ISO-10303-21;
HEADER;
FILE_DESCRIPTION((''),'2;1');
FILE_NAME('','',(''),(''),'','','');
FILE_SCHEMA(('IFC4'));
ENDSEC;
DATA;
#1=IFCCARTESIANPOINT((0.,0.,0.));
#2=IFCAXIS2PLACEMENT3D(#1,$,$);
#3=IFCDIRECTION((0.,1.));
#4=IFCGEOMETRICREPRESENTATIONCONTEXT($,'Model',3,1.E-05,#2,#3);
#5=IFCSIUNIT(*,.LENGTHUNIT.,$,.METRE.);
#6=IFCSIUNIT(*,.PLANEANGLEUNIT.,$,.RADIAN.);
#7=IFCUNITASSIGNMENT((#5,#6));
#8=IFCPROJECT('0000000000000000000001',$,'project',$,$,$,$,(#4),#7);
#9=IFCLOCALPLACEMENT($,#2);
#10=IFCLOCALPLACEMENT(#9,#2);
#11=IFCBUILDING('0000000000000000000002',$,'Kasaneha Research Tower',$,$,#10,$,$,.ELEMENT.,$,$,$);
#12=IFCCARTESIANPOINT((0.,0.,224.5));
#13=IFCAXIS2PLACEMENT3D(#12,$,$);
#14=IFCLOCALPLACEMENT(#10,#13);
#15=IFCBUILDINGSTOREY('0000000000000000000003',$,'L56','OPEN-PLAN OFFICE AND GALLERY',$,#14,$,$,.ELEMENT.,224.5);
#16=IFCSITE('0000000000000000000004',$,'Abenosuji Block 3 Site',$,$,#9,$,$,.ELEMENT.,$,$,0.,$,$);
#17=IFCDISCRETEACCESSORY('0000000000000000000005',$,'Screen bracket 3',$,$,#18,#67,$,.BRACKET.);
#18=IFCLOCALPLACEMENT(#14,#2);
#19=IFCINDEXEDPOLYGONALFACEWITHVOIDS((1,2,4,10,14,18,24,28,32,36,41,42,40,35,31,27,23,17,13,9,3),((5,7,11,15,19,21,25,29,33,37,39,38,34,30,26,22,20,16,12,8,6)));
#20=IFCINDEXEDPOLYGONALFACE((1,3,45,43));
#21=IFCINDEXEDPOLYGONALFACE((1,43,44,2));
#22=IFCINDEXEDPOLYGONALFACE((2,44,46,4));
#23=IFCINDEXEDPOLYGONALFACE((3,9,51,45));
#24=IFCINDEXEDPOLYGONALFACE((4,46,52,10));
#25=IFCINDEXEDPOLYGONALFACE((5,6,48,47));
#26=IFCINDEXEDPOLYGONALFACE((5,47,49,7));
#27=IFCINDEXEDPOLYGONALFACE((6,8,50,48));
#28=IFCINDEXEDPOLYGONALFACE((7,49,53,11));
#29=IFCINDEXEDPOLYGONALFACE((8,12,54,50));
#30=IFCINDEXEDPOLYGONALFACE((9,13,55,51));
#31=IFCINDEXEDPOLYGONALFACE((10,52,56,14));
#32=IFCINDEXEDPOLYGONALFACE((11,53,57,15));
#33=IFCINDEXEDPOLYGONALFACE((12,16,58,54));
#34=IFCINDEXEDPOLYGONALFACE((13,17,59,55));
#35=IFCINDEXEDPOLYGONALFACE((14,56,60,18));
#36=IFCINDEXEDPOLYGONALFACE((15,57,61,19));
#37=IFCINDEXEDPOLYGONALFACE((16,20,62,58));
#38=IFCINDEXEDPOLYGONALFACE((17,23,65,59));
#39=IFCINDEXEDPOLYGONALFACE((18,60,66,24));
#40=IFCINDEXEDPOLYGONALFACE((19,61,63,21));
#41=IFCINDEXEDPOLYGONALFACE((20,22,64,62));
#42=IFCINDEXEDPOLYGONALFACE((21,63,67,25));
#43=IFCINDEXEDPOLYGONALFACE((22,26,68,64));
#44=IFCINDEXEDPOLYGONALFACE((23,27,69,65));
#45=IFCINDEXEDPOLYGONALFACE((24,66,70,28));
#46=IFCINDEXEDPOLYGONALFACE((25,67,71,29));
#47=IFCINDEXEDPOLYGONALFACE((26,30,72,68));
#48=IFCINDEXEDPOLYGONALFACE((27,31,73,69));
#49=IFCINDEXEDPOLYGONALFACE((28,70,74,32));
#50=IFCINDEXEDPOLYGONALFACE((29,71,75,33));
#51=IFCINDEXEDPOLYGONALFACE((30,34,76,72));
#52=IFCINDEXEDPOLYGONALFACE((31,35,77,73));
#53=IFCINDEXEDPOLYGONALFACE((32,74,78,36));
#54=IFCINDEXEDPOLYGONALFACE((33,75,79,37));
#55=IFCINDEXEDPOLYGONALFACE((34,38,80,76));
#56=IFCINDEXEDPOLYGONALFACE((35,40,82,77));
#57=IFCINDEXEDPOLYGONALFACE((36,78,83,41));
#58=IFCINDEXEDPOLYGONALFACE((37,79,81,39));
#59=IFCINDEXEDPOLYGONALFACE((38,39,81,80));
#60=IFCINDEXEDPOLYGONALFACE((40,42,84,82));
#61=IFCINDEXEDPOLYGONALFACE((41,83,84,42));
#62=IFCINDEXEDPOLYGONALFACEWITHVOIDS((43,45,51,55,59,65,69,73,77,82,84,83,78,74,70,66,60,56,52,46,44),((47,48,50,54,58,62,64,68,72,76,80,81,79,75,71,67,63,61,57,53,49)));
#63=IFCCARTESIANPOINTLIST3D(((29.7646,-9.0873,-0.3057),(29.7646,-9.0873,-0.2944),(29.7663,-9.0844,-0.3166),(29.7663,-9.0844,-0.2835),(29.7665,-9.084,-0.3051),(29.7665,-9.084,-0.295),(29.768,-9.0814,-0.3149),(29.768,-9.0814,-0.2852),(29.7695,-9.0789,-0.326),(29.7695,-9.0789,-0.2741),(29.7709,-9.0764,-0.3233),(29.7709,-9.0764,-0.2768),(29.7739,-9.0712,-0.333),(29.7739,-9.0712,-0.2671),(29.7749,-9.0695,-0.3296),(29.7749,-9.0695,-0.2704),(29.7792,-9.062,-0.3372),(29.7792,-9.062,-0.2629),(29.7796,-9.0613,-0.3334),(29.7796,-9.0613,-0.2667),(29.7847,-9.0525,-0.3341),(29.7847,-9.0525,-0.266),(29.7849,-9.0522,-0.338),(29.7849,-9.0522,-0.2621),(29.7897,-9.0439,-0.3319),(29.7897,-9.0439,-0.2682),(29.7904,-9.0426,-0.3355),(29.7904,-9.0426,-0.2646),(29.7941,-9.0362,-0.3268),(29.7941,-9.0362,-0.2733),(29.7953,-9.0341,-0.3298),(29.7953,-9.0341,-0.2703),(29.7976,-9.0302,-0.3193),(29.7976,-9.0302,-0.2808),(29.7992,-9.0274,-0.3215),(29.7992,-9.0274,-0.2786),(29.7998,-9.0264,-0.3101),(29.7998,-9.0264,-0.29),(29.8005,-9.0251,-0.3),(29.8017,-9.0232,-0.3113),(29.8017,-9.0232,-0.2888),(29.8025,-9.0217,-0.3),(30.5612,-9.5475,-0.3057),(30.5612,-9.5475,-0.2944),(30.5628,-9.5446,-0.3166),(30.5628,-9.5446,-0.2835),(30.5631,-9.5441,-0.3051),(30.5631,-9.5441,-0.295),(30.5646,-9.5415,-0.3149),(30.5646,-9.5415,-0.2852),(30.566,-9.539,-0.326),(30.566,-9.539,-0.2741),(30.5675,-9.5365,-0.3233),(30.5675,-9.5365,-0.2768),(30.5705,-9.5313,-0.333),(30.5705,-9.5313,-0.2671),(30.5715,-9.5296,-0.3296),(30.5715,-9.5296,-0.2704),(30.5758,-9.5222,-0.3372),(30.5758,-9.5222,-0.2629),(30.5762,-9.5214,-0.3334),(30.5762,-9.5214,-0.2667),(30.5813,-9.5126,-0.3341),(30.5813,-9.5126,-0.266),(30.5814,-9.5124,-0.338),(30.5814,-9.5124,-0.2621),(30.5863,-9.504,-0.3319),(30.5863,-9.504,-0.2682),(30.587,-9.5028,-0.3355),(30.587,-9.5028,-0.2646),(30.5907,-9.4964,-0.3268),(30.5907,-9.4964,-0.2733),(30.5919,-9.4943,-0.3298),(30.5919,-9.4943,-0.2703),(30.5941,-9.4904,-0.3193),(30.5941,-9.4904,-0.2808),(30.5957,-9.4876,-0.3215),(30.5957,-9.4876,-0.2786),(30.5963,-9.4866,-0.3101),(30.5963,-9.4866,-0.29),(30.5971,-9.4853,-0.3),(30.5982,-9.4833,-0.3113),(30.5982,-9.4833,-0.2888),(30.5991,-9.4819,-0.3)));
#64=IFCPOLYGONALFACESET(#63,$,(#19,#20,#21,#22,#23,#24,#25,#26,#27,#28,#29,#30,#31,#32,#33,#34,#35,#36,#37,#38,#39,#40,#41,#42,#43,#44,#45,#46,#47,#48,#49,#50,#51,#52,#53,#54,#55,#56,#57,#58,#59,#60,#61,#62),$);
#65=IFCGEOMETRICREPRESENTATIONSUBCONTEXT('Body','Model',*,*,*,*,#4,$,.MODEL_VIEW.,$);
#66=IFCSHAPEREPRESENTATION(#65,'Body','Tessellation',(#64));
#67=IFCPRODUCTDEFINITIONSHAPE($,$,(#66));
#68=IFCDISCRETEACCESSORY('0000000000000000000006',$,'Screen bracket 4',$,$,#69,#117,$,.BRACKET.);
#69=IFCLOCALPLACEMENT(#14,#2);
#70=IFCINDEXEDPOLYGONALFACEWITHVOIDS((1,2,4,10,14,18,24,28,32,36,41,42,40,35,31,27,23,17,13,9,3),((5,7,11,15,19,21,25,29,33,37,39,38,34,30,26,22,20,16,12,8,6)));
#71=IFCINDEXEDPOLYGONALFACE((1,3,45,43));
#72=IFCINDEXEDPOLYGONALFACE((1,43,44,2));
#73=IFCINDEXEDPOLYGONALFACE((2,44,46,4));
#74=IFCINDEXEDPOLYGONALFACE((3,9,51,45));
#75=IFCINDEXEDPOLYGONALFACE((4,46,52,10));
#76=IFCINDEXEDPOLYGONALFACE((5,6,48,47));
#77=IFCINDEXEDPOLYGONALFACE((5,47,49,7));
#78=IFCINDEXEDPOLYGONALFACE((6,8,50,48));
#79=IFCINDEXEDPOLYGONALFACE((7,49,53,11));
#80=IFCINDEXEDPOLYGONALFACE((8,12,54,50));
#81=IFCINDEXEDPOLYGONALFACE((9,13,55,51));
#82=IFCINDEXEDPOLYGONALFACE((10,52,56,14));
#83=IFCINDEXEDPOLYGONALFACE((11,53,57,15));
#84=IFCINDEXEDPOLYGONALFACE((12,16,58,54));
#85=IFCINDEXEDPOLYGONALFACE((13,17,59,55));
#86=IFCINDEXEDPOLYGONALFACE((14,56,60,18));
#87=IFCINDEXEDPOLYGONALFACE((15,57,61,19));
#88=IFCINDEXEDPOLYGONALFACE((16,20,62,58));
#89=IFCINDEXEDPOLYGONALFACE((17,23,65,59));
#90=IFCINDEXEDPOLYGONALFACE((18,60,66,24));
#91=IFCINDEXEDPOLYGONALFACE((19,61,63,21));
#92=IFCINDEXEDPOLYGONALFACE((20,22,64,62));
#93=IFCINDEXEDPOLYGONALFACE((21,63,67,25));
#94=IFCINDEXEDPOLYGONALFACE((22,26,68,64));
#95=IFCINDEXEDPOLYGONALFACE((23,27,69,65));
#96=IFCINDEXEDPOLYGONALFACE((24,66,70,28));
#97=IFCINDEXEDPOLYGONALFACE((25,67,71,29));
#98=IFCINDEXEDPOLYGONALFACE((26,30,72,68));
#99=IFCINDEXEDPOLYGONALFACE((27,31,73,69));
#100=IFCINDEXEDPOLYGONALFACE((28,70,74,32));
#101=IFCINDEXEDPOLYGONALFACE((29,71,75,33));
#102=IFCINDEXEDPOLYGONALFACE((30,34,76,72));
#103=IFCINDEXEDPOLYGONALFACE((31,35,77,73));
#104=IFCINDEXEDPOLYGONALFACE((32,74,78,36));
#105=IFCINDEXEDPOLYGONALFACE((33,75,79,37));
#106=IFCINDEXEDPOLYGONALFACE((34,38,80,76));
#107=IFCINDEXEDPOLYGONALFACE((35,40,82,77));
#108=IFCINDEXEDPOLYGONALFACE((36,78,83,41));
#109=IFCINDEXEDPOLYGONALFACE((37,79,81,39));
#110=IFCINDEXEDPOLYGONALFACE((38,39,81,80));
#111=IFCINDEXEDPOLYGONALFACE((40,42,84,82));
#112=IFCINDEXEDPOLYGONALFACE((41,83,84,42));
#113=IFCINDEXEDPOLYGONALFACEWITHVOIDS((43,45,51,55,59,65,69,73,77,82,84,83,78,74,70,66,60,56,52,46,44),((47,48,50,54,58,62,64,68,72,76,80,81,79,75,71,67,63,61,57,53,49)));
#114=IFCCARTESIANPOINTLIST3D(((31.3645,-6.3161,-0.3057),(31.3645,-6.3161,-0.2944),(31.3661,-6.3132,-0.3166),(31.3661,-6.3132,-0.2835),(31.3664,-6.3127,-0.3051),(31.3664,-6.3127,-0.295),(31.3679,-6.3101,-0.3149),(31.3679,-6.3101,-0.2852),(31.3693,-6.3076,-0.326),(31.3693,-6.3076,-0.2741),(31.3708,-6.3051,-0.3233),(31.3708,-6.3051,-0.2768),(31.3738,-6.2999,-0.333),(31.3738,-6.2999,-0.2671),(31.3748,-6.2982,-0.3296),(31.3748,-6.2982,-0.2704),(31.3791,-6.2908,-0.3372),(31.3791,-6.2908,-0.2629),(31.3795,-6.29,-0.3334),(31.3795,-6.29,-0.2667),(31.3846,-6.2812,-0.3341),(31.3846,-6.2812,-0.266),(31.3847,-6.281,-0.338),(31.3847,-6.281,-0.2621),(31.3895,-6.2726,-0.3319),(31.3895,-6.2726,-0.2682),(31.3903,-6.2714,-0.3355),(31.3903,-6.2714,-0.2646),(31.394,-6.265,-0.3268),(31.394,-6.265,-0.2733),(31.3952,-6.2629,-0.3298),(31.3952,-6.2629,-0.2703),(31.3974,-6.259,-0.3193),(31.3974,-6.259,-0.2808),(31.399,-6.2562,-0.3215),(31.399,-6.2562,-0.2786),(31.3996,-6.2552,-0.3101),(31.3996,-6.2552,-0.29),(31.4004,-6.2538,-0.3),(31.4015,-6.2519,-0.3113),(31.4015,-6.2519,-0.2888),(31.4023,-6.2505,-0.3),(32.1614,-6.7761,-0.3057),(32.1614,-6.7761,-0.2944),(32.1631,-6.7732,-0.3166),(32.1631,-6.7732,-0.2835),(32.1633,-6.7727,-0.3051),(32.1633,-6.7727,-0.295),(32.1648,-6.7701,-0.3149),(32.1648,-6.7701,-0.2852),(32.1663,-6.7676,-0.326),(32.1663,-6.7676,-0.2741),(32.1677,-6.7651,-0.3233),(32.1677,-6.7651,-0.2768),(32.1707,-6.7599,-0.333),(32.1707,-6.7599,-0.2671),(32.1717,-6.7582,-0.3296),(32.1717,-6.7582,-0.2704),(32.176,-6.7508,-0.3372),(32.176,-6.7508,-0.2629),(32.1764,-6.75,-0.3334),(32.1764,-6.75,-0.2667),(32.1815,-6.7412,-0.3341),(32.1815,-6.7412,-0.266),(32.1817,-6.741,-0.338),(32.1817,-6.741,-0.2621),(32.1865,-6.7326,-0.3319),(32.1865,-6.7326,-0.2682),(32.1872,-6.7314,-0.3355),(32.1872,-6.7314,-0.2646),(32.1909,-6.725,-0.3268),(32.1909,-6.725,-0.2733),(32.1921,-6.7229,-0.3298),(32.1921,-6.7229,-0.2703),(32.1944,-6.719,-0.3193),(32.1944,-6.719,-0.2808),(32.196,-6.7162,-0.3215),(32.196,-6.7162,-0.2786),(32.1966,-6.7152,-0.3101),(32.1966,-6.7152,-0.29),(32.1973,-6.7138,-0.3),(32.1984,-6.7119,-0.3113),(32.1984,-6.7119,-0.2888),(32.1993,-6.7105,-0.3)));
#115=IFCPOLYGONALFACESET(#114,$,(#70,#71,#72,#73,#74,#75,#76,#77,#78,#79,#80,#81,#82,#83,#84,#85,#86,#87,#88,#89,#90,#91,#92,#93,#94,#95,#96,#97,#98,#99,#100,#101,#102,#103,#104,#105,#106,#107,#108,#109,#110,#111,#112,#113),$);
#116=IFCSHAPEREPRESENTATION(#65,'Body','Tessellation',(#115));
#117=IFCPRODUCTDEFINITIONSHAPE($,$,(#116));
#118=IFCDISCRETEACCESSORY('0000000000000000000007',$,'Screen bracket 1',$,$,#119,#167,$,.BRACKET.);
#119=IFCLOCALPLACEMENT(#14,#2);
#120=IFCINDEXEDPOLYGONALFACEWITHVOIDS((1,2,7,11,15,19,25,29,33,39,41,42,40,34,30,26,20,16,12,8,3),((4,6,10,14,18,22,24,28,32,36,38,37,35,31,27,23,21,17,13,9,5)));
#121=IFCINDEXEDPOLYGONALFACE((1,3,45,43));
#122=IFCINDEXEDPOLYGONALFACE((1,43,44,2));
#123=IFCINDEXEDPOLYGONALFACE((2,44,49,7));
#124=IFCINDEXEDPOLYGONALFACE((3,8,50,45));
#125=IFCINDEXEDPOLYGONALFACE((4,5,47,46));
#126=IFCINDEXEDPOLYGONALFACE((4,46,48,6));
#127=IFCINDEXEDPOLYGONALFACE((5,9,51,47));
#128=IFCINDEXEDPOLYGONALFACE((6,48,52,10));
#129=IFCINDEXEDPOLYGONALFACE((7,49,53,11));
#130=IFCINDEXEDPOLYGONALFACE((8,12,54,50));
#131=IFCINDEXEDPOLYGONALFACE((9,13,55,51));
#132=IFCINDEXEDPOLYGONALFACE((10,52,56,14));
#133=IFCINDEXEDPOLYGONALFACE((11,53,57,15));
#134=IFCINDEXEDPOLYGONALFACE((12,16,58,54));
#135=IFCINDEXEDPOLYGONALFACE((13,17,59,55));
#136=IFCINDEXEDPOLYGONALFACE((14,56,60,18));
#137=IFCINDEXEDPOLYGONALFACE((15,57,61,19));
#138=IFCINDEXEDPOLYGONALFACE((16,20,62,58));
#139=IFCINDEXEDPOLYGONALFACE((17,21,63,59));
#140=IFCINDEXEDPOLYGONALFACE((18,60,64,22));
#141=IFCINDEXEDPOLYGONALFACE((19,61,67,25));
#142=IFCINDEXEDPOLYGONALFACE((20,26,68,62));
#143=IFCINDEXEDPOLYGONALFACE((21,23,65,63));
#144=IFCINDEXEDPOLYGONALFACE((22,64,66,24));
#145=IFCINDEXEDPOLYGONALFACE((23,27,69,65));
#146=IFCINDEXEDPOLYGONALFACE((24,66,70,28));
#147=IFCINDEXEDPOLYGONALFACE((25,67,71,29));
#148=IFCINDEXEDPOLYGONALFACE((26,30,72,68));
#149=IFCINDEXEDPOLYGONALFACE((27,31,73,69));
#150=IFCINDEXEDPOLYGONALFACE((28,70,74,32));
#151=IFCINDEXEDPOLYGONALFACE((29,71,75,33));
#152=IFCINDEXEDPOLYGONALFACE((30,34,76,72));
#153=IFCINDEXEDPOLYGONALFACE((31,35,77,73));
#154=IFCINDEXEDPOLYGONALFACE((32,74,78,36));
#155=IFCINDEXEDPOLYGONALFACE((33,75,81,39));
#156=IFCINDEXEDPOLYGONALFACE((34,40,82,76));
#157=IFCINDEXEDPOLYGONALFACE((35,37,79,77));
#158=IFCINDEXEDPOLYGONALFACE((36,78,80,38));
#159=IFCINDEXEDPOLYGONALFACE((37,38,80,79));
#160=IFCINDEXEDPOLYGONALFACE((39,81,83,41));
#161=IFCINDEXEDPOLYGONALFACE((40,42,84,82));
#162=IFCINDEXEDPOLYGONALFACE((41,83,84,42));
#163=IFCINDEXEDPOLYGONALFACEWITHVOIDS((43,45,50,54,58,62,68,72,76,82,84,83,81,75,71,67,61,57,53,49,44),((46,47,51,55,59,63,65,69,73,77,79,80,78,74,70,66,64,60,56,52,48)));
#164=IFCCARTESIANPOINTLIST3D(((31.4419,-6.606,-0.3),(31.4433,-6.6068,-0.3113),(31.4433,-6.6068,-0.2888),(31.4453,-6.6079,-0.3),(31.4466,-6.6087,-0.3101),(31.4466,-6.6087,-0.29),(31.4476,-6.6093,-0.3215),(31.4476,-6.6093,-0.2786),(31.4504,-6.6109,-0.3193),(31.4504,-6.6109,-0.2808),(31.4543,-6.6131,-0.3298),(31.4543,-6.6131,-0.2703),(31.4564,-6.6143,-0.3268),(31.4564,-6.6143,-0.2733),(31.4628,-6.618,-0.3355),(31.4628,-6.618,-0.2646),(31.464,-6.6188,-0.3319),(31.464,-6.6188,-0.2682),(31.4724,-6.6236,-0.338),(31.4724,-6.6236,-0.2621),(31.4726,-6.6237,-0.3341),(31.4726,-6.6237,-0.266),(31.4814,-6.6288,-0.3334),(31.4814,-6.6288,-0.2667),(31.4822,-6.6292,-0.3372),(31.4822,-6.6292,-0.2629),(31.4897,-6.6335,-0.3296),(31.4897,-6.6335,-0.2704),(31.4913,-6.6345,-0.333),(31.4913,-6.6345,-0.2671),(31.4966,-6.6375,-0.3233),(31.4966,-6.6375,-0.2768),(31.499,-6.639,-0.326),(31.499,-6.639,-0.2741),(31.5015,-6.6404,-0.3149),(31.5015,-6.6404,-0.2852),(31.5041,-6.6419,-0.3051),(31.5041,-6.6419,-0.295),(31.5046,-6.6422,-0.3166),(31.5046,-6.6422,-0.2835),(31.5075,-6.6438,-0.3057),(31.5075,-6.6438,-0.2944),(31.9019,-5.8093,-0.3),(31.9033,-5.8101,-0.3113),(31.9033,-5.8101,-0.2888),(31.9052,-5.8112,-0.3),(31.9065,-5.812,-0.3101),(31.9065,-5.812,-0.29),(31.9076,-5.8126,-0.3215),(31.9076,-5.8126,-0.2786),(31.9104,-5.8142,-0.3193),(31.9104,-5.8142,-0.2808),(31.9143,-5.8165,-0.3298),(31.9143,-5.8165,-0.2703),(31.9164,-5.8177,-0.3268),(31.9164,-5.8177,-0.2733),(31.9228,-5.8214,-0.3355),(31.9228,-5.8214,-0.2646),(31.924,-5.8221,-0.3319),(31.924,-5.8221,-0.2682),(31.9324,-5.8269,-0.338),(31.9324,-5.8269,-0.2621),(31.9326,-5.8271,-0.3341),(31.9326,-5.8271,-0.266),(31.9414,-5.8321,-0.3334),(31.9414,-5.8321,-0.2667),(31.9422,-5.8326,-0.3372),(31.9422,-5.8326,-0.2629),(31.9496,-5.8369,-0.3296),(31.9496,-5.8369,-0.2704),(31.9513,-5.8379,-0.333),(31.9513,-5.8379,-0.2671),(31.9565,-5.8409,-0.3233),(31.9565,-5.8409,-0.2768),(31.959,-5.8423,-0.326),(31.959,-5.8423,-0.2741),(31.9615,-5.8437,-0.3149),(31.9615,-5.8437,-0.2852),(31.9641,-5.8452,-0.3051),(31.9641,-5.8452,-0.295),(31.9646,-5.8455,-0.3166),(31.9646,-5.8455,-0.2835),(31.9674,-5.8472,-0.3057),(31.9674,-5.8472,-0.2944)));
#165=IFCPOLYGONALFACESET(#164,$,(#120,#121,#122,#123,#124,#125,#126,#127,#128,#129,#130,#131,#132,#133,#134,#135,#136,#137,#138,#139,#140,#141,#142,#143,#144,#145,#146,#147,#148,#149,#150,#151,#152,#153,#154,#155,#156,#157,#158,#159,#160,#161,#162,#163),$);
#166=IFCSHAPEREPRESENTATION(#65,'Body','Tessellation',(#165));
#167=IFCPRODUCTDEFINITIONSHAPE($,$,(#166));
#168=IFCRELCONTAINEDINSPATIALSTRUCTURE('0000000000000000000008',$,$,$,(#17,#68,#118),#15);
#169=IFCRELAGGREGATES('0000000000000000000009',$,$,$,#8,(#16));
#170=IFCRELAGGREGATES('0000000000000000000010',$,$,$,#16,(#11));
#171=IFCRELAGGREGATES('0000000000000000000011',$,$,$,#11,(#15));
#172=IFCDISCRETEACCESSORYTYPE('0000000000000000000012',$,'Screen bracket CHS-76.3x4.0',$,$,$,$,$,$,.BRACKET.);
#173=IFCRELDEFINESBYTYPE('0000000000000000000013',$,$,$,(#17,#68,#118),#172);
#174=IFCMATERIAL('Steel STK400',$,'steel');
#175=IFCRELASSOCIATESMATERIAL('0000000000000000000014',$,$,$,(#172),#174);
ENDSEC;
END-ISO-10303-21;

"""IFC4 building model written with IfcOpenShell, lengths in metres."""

from ifc_helpers import new_model, si_unit, direction, frame, origin, origin_2d, place, context, subcontext, project, spatial, hollow_circle, extrude, material, material_profile, profile_set, type_object, element, save


model = new_model("IFC4")

# Units and contexts
model_context = context("Model", 3, precision=1e-05, world=origin(), true_north=direction((0.0, 1.0)))
body_context = subcontext(model_context, "Body", "Model", "MODEL_VIEW")
ifc_project = project(units=[si_unit("LENGTHUNIT", "METRE"), si_unit("PLANEANGLEUNIT", "RADIAN")], contexts=[model_context])

# Site, building, storey
site_placement = place(None, origin())
site = spatial("IfcSite", under=ifc_project, at=site_placement, Name="Abenosuji Block 3 Site", CompositionType="ELEMENT", RefElevation=0.0)
building_placement = place(site_placement, origin())
building = spatial("IfcBuilding", under=site, at=building_placement, Name="Kasaneha Research Tower", CompositionType="ELEMENT")
storey_placement = place(building_placement, frame((0.0, 0.0, 224.5)))
storey = spatial("IfcBuildingStorey", under=building, at=storey_placement, Name="L56", Description="OPEN-PLAN OFFICE AND GALLERY", CompositionType="ELEMENT", Elevation=224.5)

# Discrete accessories
ifc_material_1 = material(Name="Steel STK400", Category="steel")
ifc_material_profile_1 = material_profile(ifc_material_1, hollow_circle(Radius=0.0381, WallThickness=0.0039, at=origin_2d()), Name="CHS-76.3x4.0")
ifc_profile_set_1 = profile_set([ifc_material_profile_1], Name="Steel STK400")
discrete_accessory_type = type_object("IfcDiscreteAccessoryType", Name="Screen bracket CHS-76.3x4.0", PredefinedType="BRACKET", material=ifc_profile_set_1)
for number, where, z_axis, x_axis, name in (
    (1, (29.7834, -9.0547, -0.3), (0.865898, -0.50022, 0.0), (0.50022, 0.865898, 0.0), "Screen bracket 3"),
):
    element("IfcDiscreteAccessory", number, at=place(storey_placement, frame(where, z_axis=z_axis, x_axis=x_axis)), inside=storey, type_object=discrete_accessory_type, Name=name, PredefinedType="BRACKET", context=body_context, shape_type="SweptSolid", body=[
        extrude(hollow_circle(Radius=0.0381, WallThickness=0.0039, at=origin_2d()), origin(), (0.0, 0.0, 1.0), 0.9199),
    ])
discrete_accessory_1_placement = place(storey_placement, frame((31.3833, -6.2834, -0.3), z_axis=(0.86608, -0.499906, 0.0), x_axis=(0.499906, 0.86608, 0.0)))
element("IfcDiscreteAccessory", 2, at=discrete_accessory_1_placement, inside=storey, type_object=discrete_accessory_type, Name="Screen bracket 4", PredefinedType="BRACKET", context=body_context, shape_type="SweptSolid", body=[
    extrude(hollow_circle(Radius=0.0381, WallThickness=0.0039, at=origin_2d()), origin(), (0.0, 0.0, 1.0), 0.9202),
])
discrete_accessory_2_placement = place(storey_placement, frame((31.4749, -6.625, -0.3), z_axis=(0.500021, 0.866013, 0.0), x_axis=(-0.866013, 0.500021, 0.0)))
element("IfcDiscreteAccessory", 3, at=discrete_accessory_2_placement, inside=storey, type_object=discrete_accessory_type, Name="Screen bracket 1", PredefinedType="BRACKET", context=body_context, shape_type="SweptSolid", body=[
    extrude(hollow_circle(Radius=0.0381, WallThickness=0.0039, at=origin_2d()), origin(), (0.0, 0.0, 1.0), 0.9199),
])

save(model, "model.ifc")
